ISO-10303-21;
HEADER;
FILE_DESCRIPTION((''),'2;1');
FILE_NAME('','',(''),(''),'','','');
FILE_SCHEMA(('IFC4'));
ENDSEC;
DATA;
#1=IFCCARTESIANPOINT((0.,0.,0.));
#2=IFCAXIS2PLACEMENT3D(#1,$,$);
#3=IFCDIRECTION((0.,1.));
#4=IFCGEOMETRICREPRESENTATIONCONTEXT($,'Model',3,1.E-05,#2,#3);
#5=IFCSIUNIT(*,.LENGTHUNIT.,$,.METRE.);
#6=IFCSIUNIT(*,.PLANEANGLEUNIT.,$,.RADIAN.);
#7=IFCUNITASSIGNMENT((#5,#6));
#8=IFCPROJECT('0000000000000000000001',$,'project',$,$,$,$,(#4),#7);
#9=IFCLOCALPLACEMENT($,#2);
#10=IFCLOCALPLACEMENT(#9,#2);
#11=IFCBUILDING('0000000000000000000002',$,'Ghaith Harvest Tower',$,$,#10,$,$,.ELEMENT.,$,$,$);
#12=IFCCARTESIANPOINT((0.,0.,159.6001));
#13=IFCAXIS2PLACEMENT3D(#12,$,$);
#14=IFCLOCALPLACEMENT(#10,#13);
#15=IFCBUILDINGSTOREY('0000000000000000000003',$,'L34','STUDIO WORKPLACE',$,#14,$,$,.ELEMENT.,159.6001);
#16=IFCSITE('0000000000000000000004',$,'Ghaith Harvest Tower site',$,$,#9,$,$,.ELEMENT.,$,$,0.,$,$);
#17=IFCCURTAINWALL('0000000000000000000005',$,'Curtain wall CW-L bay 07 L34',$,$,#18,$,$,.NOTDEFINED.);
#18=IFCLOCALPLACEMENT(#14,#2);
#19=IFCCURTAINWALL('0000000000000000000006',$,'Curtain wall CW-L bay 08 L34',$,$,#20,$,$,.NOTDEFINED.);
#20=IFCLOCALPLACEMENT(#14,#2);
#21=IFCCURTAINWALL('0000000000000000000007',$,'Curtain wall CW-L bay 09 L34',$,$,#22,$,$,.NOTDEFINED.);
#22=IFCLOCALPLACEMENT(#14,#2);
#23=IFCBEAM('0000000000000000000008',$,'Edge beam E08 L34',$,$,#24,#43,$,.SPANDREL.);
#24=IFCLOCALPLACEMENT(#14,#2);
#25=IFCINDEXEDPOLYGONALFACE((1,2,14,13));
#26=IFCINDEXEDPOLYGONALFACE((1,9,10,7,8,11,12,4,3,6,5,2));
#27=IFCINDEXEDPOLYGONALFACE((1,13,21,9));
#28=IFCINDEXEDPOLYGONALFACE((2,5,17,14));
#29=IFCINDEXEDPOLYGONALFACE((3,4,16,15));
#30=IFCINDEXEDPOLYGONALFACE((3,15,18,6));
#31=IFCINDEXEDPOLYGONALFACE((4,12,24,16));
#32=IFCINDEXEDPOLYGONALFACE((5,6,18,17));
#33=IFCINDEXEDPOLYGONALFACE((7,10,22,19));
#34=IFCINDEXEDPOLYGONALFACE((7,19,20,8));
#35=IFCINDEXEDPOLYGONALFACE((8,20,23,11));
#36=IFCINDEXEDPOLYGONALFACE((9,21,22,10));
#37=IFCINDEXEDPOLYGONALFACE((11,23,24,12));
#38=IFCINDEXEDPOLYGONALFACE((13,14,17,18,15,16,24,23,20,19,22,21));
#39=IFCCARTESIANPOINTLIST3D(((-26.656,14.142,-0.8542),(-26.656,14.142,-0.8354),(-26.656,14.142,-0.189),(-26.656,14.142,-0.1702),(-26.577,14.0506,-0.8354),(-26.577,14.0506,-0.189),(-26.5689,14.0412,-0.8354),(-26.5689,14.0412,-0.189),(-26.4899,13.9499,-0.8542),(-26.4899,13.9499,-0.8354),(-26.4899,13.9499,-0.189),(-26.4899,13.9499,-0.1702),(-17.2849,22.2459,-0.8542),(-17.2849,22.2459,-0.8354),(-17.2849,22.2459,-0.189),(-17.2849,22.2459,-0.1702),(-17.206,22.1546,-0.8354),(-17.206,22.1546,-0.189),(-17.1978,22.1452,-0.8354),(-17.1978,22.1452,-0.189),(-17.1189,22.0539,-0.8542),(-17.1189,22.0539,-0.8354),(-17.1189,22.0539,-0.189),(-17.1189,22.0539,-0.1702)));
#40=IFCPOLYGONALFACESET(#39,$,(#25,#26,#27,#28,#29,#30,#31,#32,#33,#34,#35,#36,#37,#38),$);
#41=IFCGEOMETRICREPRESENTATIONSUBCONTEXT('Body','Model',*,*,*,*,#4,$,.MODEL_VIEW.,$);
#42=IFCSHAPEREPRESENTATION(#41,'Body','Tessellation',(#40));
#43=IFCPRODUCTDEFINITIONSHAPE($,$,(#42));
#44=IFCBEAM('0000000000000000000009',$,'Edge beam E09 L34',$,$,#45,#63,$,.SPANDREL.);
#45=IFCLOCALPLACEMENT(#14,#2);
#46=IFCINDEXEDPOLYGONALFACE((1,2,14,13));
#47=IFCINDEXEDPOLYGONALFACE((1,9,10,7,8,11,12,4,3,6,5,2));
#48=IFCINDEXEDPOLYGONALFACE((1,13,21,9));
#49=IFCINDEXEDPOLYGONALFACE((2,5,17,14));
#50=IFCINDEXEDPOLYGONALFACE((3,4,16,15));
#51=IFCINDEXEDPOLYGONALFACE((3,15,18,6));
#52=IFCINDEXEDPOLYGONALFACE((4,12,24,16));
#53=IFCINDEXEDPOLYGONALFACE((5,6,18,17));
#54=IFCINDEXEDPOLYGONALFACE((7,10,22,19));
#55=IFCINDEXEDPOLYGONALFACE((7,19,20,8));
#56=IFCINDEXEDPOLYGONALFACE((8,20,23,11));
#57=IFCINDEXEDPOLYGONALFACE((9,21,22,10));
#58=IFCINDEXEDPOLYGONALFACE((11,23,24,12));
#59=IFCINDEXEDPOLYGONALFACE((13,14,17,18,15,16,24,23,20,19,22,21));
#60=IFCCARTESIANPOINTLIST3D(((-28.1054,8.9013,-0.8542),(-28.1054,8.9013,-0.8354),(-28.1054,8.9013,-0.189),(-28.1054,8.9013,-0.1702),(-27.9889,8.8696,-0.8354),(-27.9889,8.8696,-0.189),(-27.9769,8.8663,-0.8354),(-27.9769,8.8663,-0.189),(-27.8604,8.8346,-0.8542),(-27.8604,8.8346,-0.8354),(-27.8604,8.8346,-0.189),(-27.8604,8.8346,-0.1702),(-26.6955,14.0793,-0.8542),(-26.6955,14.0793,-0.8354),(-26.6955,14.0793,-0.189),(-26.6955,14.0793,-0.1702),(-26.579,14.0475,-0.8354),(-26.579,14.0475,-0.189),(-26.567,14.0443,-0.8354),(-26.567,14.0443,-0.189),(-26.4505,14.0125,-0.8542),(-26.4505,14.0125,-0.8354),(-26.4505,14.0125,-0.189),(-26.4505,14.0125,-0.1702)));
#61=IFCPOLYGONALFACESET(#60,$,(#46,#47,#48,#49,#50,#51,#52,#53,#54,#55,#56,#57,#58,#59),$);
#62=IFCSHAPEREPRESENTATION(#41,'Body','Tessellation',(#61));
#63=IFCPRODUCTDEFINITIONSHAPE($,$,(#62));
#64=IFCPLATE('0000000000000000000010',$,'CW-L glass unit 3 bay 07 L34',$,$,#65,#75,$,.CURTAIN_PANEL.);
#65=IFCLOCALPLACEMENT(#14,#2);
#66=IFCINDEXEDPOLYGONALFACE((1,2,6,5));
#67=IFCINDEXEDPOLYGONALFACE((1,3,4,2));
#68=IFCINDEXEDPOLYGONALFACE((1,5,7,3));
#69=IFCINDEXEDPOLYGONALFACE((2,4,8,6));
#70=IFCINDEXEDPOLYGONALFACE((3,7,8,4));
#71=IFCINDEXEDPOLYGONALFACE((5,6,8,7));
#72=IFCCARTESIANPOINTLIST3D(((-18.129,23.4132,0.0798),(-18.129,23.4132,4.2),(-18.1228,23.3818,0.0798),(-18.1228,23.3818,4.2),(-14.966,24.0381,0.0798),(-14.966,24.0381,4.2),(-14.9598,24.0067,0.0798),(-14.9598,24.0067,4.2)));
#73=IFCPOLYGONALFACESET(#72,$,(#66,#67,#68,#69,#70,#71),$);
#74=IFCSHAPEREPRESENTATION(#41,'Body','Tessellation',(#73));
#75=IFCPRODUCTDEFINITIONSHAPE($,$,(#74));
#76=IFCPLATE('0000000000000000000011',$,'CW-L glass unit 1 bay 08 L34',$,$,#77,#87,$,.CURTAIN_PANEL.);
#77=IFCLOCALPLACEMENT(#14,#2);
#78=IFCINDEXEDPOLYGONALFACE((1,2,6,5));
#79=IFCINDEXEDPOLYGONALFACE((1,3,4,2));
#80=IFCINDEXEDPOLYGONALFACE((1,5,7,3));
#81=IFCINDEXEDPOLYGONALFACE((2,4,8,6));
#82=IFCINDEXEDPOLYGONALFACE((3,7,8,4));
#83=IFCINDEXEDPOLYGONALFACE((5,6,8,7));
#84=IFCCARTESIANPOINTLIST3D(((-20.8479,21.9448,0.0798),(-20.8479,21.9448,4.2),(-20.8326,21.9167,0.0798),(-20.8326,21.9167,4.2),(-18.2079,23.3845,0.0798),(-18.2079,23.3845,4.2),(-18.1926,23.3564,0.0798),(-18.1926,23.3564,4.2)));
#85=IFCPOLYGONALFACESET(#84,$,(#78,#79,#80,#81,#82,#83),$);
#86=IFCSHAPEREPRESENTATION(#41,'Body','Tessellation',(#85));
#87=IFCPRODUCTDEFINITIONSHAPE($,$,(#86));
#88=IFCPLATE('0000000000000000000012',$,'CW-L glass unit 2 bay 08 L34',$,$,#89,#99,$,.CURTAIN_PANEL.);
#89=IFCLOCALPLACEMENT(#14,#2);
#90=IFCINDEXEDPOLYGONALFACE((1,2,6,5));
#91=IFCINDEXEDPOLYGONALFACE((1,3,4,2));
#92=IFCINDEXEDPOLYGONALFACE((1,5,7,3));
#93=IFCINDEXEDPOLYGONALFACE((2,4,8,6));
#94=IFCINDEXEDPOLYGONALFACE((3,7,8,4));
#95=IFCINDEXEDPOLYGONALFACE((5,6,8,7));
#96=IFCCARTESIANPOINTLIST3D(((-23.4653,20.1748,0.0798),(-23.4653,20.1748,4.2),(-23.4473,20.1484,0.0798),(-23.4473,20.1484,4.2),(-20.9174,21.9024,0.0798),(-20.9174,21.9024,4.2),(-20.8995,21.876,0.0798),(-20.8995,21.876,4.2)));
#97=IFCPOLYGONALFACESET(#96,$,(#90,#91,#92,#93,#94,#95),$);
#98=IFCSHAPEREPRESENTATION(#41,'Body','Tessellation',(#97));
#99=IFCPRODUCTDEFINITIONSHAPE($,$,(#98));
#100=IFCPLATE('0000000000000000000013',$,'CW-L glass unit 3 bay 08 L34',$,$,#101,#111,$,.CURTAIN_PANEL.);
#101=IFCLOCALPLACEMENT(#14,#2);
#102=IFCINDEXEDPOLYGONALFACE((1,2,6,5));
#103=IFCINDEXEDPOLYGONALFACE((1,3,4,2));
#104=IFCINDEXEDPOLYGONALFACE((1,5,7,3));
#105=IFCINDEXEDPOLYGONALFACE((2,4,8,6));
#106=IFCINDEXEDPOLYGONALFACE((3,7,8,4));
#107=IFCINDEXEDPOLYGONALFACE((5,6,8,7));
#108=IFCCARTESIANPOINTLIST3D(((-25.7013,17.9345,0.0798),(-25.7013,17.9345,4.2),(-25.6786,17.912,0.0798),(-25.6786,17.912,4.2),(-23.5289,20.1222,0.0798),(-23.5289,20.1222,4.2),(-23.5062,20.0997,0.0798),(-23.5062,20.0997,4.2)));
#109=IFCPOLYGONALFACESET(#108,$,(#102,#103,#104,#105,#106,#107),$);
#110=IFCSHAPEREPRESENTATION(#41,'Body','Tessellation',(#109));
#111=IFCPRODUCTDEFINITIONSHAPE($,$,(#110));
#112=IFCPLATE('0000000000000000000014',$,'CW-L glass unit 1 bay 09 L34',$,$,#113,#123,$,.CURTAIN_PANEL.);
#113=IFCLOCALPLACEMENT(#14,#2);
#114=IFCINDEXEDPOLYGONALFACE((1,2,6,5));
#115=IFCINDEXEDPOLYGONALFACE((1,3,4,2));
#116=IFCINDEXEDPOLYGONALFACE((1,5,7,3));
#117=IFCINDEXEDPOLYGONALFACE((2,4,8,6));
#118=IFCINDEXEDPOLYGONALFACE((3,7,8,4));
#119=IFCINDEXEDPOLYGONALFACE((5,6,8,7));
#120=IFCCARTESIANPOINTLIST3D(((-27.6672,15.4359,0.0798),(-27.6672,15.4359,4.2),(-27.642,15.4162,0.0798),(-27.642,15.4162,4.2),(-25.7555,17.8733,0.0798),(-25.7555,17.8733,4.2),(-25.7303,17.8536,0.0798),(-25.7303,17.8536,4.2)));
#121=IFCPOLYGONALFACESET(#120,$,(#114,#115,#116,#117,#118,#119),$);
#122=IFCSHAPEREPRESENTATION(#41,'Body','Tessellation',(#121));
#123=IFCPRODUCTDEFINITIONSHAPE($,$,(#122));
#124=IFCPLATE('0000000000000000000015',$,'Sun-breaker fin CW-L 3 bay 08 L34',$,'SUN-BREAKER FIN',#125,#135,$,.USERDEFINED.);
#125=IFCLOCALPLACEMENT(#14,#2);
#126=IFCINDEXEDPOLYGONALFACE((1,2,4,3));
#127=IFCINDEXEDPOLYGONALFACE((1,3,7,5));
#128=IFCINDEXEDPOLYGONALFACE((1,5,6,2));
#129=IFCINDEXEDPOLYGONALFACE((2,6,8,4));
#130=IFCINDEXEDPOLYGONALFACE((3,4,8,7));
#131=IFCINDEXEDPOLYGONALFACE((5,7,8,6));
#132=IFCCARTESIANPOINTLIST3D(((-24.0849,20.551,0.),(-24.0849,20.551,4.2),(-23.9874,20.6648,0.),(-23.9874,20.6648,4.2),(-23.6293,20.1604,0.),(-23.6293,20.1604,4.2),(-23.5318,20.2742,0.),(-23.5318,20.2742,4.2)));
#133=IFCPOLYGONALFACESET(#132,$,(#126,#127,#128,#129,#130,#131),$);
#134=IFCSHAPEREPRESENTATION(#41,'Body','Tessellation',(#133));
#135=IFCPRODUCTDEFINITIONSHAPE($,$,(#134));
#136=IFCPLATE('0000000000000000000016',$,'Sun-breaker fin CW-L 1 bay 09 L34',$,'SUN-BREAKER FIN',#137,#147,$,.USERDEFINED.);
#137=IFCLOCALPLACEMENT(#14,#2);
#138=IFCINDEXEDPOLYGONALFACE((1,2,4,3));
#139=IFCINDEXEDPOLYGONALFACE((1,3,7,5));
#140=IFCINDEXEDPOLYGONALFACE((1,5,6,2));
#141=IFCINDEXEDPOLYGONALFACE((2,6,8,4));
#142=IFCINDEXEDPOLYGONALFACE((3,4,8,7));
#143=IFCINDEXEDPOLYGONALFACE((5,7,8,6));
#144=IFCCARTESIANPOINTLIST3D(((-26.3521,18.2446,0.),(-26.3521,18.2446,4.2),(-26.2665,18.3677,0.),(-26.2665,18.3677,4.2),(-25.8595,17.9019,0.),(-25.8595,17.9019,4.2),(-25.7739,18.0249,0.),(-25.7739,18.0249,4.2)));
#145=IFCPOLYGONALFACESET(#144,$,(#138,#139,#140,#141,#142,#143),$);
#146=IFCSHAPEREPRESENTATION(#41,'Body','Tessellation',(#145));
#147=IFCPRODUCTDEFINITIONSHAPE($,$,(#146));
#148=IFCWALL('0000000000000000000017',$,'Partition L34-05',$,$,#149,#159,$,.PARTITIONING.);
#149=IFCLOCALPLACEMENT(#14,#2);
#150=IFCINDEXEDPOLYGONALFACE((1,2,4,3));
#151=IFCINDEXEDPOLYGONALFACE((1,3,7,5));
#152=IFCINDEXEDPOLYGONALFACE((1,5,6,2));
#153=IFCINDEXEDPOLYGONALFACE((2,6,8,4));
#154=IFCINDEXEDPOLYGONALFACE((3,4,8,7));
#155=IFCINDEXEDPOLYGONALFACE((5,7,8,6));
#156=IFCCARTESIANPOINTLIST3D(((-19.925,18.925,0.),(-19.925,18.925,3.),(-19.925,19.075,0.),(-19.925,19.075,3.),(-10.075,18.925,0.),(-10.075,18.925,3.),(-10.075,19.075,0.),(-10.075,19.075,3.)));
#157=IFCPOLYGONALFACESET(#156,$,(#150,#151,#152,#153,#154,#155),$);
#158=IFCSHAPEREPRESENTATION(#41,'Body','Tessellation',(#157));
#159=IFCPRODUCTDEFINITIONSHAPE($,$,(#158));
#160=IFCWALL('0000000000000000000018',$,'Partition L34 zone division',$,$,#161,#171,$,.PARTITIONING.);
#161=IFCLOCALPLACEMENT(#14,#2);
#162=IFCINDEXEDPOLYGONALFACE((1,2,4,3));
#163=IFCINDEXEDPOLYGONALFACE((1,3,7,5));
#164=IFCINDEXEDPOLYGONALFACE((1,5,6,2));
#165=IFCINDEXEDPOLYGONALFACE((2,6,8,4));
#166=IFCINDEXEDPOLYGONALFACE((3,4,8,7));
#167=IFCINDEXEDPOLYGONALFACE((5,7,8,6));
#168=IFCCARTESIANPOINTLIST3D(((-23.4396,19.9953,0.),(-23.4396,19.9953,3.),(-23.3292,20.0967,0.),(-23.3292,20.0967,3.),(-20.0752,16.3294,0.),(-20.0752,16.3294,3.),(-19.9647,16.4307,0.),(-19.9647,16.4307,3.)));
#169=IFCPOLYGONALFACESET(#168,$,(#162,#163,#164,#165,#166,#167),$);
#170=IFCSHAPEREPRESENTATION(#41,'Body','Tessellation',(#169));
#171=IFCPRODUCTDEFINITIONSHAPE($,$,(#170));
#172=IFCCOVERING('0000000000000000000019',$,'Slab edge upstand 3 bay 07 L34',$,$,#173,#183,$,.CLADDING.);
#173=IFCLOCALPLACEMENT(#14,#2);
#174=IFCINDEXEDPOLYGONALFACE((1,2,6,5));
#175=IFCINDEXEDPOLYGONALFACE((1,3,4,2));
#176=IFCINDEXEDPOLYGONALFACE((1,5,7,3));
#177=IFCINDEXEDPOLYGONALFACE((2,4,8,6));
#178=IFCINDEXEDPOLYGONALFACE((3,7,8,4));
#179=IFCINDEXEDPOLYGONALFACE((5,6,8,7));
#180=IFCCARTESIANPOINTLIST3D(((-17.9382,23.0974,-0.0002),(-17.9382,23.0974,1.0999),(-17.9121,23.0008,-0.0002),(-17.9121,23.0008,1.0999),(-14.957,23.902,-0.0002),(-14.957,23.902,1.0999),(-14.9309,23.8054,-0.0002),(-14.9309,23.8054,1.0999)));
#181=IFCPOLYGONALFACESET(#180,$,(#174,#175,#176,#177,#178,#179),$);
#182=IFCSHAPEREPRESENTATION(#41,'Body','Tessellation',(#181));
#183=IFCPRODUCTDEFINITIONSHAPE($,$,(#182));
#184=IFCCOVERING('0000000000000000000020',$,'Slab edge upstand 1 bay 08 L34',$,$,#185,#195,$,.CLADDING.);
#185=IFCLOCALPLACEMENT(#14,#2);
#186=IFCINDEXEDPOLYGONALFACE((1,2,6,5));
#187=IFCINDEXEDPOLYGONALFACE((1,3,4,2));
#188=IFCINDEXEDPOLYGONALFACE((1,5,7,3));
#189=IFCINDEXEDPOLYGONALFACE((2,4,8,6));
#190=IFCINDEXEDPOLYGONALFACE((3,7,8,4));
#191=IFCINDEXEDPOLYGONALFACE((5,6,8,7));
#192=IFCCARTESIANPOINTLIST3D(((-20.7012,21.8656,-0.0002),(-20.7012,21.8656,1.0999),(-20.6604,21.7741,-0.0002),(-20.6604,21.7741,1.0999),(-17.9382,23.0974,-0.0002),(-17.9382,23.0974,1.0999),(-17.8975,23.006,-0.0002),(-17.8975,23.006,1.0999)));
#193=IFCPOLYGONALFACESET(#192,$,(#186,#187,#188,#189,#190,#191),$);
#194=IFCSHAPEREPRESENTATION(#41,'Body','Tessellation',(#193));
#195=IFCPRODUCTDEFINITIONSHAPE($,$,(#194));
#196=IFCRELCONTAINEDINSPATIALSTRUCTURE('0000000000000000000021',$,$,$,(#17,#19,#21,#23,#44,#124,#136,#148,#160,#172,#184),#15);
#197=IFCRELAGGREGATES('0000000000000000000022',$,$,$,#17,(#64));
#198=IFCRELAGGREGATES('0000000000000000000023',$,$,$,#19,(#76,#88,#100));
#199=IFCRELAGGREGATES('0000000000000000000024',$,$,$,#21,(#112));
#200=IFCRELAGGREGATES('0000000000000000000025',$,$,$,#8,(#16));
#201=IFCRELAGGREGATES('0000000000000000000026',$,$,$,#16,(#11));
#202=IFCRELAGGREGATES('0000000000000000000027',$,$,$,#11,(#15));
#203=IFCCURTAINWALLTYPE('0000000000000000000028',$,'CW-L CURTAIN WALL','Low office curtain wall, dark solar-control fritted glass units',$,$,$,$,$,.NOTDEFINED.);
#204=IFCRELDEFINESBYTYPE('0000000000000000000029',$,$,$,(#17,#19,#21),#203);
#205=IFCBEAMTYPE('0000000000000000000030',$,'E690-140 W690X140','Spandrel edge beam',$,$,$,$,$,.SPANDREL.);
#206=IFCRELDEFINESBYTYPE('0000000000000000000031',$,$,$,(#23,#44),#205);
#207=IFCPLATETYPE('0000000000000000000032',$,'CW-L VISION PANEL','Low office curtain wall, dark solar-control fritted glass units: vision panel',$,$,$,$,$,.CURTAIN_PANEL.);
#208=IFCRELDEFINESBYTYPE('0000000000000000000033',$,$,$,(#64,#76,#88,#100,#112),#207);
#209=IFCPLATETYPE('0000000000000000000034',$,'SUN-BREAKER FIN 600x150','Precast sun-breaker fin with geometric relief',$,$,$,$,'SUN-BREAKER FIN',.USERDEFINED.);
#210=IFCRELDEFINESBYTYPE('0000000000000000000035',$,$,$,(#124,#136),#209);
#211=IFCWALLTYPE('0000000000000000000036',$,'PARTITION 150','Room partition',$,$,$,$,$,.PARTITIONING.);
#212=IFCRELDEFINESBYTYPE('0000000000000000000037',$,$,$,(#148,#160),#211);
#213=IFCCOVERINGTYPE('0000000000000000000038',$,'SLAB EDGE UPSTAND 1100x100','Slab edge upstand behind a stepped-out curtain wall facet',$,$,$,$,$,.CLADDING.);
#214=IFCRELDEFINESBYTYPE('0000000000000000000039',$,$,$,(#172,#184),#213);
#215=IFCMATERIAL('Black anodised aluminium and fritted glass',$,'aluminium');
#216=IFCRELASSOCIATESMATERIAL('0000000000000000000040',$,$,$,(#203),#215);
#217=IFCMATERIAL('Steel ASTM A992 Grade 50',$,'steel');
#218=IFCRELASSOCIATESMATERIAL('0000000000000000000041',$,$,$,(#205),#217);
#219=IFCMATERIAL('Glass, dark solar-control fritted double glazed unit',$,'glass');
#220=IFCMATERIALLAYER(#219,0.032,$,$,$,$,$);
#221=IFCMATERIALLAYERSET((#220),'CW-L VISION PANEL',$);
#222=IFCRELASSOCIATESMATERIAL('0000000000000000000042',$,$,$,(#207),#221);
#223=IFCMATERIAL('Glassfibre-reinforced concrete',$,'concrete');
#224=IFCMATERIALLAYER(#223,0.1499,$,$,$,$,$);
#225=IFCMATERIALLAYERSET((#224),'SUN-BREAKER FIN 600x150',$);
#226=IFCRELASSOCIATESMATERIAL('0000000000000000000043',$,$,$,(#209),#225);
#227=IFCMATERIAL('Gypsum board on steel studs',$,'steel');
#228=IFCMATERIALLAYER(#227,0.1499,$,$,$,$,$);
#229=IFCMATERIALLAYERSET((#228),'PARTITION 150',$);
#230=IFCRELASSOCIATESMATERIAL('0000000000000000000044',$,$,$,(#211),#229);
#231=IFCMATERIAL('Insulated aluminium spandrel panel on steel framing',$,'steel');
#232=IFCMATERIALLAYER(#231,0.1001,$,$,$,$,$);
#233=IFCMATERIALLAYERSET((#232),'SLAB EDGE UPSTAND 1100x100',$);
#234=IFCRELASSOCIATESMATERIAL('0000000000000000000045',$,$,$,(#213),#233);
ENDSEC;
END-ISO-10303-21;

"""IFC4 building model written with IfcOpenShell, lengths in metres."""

from ifc_helpers import new_model, si_unit, direction, frame, frame_2d, origin, origin_2d, place, context, subcontext, project, spatial, rectangle, i_section, extrude, material, layer, layer_set, material_profile, profile_set, type_object, element, aggregate, save


model = new_model("IFC4")

# Units and contexts
model_context = context("Model", 3, precision=1e-05, world=origin(), true_north=direction((0.0, 1.0)))
body_context = subcontext(model_context, "Body", "Model", "MODEL_VIEW")
ifc_project = project(units=[si_unit("LENGTHUNIT", "METRE"), si_unit("PLANEANGLEUNIT", "RADIAN")], contexts=[model_context])

# Site, building, storey
site_placement = place(None, origin())
site = spatial("IfcSite", under=ifc_project, at=site_placement, Name="Ghaith Harvest Tower site", CompositionType="ELEMENT", RefElevation=0.0)
building_placement = place(site_placement, origin())
building = spatial("IfcBuilding", under=site, at=building_placement, Name="Ghaith Harvest Tower", CompositionType="ELEMENT")
storey_placement = place(building_placement, frame((0.0, 0.0, 159.6001)))
storey = spatial("IfcBuildingStorey", under=building, at=storey_placement, Name="L34", Description="STUDIO WORKPLACE", CompositionType="ELEMENT", Elevation=159.6001)

# Curtain wall
ifc_material_1 = material(Name="Black anodised aluminium and fritted glass", Category="aluminium")
curtain_wall_type = type_object("IfcCurtainWallType", Name="CW-L CURTAIN WALL", Description="Low office curtain wall, dark solar-control fritted glass units", PredefinedType="NOTDEFINED", material=ifc_material_1)
curtain_wall_1_placement = place(storey_placement, origin())
curtain_wall_1 = element("IfcCurtainWall", 1, at=curtain_wall_1_placement, inside=storey, type_object=curtain_wall_type, Name="Curtain wall CW-L bay 07 L34", PredefinedType="NOTDEFINED")

# Curtain walls
curtain_wall_2_placement = place(storey_placement, origin())
curtain_wall_2 = element("IfcCurtainWall", 2, at=curtain_wall_2_placement, inside=storey, type_object=curtain_wall_type, Name="Curtain wall CW-L bay 08 L34", PredefinedType="NOTDEFINED")
curtain_wall_3_placement = place(storey_placement, origin())
curtain_wall_3 = element("IfcCurtainWall", 3, at=curtain_wall_3_placement, inside=storey, type_object=curtain_wall_type, Name="Curtain wall CW-L bay 09 L34", PredefinedType="NOTDEFINED")

# Beams
ifc_material_2 = material(Name="Steel ASTM A992 Grade 50", Category="steel")
ifc_material_profile_1 = material_profile(ifc_material_2, i_section(OverallWidth=0.2539, OverallDepth=0.6841, WebThickness=0.0125, FlangeThickness=0.0188, at=origin_2d()), Name="W690X140")
ifc_profile_set_1 = profile_set([ifc_material_profile_1], Name="Steel ASTM A992 Grade 50")
beam_type = type_object("IfcBeamType", Name="E690-140 W690X140", Description="Spandrel edge beam", PredefinedType="SPANDREL", material=ifc_profile_set_1)
beam_1_placement = place(storey_placement, frame((-17.2019, 22.1499, -0.5122), z_axis=(-0.756392, -0.654118, 0.0), x_axis=(0.654118, -0.756392, 0.0)))
element("IfcBeam", 4, at=beam_1_placement, inside=storey, type_object=beam_type, Name="Edge beam E08 L34", PredefinedType="SPANDREL", context=body_context, shape_type="SweptSolid", body=[
    extrude(i_section(OverallWidth=0.2539, OverallDepth=0.6841, WebThickness=0.0125, FlangeThickness=0.0188, at=origin_2d()), origin(), (0.0, 0.0, 1.0), 12.3892),
])
beam_2_placement = place(storey_placement, frame((-26.573, 14.0459, -0.5122), z_axis=(-0.262725, -0.964871, 0.0), x_axis=(0.964871, -0.262725, 0.0)))
element("IfcBeam", 5, at=beam_2_placement, inside=storey, type_object=beam_type, Name="Edge beam E09 L34", PredefinedType="SPANDREL", context=body_context, shape_type="SweptSolid", body=[
    extrude(i_section(OverallWidth=0.2539, OverallDepth=0.6841, WebThickness=0.0125, FlangeThickness=0.0188, at=origin_2d()), origin(), (0.0, 0.0, 1.0), 5.3665),
])

# Plates
ifc_material_3 = material(Name="Glass, dark solar-control fritted double glazed unit", Category="glass")
ifc_layer_1 = layer(ifc_material_3, 0.032)
ifc_layer_set_1 = layer_set([ifc_layer_1], Name="CW-L VISION PANEL")
plate_type_1 = type_object("IfcPlateType", Name="CW-L VISION PANEL", Description="Low office curtain wall, dark solar-control fritted glass units: vision panel", PredefinedType="CURTAIN_PANEL", material=ifc_layer_set_1)
plate_1_placement = place(storey_placement, frame((-16.5444, 23.71, 0.0798), z_axis=(0.0, 0.0, 1.0), x_axis=(-0.981038, -0.193818, 0.0)))
plate_1 = element("IfcPlate", 6, at=plate_1_placement, type_object=plate_type_1, Name="CW-L glass unit 3 bay 07 L34", PredefinedType="CURTAIN_PANEL", context=body_context, shape_type="SweptSolid", body=[
    extrude(rectangle(XDim=3.2241, YDim=0.032, at=origin_2d()), origin(), (0.0, 0.0, 1.0), 4.1201),
])
aggregate(curtain_wall_1, [plate_1])
plate_2_placement = place(storey_placement, frame((-19.5203, 22.6506, 0.0798), z_axis=(0.0, 0.0, 1.0), x_axis=(-0.87794, -0.47877, 0.0)))
plate_2 = element("IfcPlate", 7, at=plate_2_placement, type_object=plate_type_1, Name="CW-L glass unit 1 bay 08 L34", PredefinedType="CURTAIN_PANEL", context=body_context, shape_type="SweptSolid", body=[
    extrude(rectangle(XDim=3.0071, YDim=0.032, at=origin_2d()), origin(), (0.0, 0.0, 1.0), 4.1201),
])
plate_3_placement = place(storey_placement, frame((-22.1824, 21.0254, 0.0798), z_axis=(0.0, 0.0, 1.0), x_axis=(-0.827675, -0.561208, 0.0)))
plate_3 = element("IfcPlate", 8, at=plate_3_placement, type_object=plate_type_1, Name="CW-L glass unit 2 bay 08 L34", PredefinedType="CURTAIN_PANEL", context=body_context, shape_type="SweptSolid", body=[
    extrude(rectangle(XDim=3.0784, YDim=0.032, at=origin_2d()), origin(), (0.0, 0.0, 1.0), 4.1201),
])
plate_4_placement = place(storey_placement, frame((-24.6038, 19.0171, 0.0798), z_axis=(0.0, 0.0, 1.0), x_axis=(-0.704614, -0.709591, 0.0)))
plate_4 = element("IfcPlate", 9, at=plate_4_placement, type_object=plate_type_1, Name="CW-L glass unit 3 bay 08 L34", PredefinedType="CURTAIN_PANEL", context=body_context, shape_type="SweptSolid", body=[
    extrude(rectangle(XDim=3.083, YDim=0.032, at=origin_2d()), origin(), (0.0, 0.0, 1.0), 4.1201),
])
aggregate(curtain_wall_2, [plate_2, plate_3, plate_4])
plate_5_placement = place(storey_placement, frame((-26.6987, 16.6448, 0.0798), z_axis=(0.0, 0.0, 1.0), x_axis=(-0.617141, -0.786853, 0.0)))
plate_5 = element("IfcPlate", 10, at=plate_5_placement, type_object=plate_type_1, Name="CW-L glass unit 1 bay 09 L34", PredefinedType="CURTAIN_PANEL", context=body_context, shape_type="SweptSolid", body=[
    extrude(rectangle(XDim=3.0977, YDim=0.032, at=origin_2d()), origin(), (0.0, 0.0, 1.0), 4.1201),
])
aggregate(curtain_wall_3, [plate_5])

# Plates
ifc_material_4 = material(Name="Glassfibre-reinforced concrete", Category="concrete")
ifc_layer_2 = layer(ifc_material_4, 0.1499)
ifc_layer_set_2 = layer_set([ifc_layer_2], Name="SUN-BREAKER FIN 600x150")
plate_type_2 = type_object("IfcPlateType", Name="SUN-BREAKER FIN 600x150", Description="Precast sun-breaker fin with geometric relief", ElementType="SUN-BREAKER FIN", PredefinedType="USERDEFINED", material=ifc_layer_set_2)
for number, where, z_axis, x_axis, name in (
    (11, (-23.8083, 20.4126, 0.0), (0.0, 0.0, 1.0), (-0.75917, 0.650893, 0.0), "Sun-breaker fin CW-L 3 bay 08 L34"),
    (12, (-26.063, 18.1348, 0.0), (0.0, 0.0, 1.0), (-0.820845, 0.57115, 0.0), "Sun-breaker fin CW-L 1 bay 09 L34"),
):
    element("IfcPlate", number, at=place(storey_placement, frame(where, z_axis=z_axis, x_axis=x_axis)), inside=storey, type_object=plate_type_2, Name=name, ObjectType="SUN-BREAKER FIN", PredefinedType="USERDEFINED", context=body_context, shape_type="SweptSolid", body=[
        extrude(rectangle(XDim=0.6001, YDim=0.1499, at=origin_2d()), origin(), (0.0, 0.0, 1.0), 4.2),
    ])

# Walls
ifc_material_5 = material(Name="Gypsum board on steel studs", Category="steel")
ifc_layer_3 = layer(ifc_material_5, 0.1499)
ifc_layer_set_3 = layer_set([ifc_layer_3], Name="PARTITION 150")
wall_type = type_object("IfcWallType", Name="PARTITION 150", Description="Room partition", PredefinedType="PARTITIONING", material=ifc_layer_set_3)
wall_1_placement = place(storey_placement, frame((-19.925, 19.0, 0.0), z_axis=(0.0, 0.0, 1.0), x_axis=(1.0, 0.0, 0.0)))
element("IfcWall", 13, at=wall_1_placement, inside=storey, type_object=wall_type, Name="Partition L34-05", PredefinedType="PARTITIONING", context=body_context, shape_type="SweptSolid", body=[
    extrude(rectangle(XDim=9.8501, YDim=0.1499, at=frame_2d((4.925, 0.0))), origin(), (0.0, 0.0, 1.0), 3.0),
])
wall_2_placement = place(storey_placement, frame((-20.02, 16.3801, 0.0), z_axis=(0.0, 0.0, 1.0), x_axis=(-0.67616, 0.736755, 0.0)))
element("IfcWall", 14, at=wall_2_placement, inside=storey, type_object=wall_type, Name="Partition L34 zone division", PredefinedType="PARTITIONING", context=body_context, shape_type="SweptSolid", body=[
    extrude(rectangle(XDim=4.9758, YDim=0.1499, at=frame_2d((2.4878, 0.0))), origin(), (0.0, 0.0, 1.0), 3.0),
])

# Coverings
ifc_material_6 = material(Name="Insulated aluminium spandrel panel on steel framing", Category="steel")
ifc_layer_4 = layer(ifc_material_6, 0.1001)
ifc_layer_set_4 = layer_set([ifc_layer_4], Name="SLAB EDGE UPSTAND 1100x100")
covering_type = type_object("IfcCoveringType", Name="SLAB EDGE UPSTAND 1100x100", Description="Slab edge upstand behind a stepped-out curtain wall facet", PredefinedType="CLADDING", material=ifc_layer_set_4)
covering_1_placement = place(storey_placement, frame((-16.4346, 23.4514, -0.0002), z_axis=(0.0, 0.0, 1.0), x_axis=(-0.965455, -0.26057, 0.0)))
element("IfcCovering", 15, at=covering_1_placement, inside=storey, type_object=covering_type, Name="Slab edge upstand 3 bay 07 L34", PredefinedType="CLADDING", context=body_context, shape_type="SweptSolid", body=[
    extrude(rectangle(XDim=3.0879, YDim=0.1001, at=origin_2d()), origin(), (0.0, 0.0, 1.0), 1.1001),
])
covering_2_placement = place(storey_placement, frame((-19.2993, 22.4358, -0.0002), z_axis=(0.0, 0.0, 1.0), x_axis=(-0.913335, -0.40721, 0.0)))
element("IfcCovering", 16, at=covering_2_placement, inside=storey, type_object=covering_type, Name="Slab edge upstand 1 bay 08 L34", PredefinedType="CLADDING", context=body_context, shape_type="SweptSolid", body=[
    extrude(rectangle(XDim=3.0251, YDim=0.1001, at=origin_2d()), origin(), (0.0, 0.0, 1.0), 1.1001),
])

save(model, "model.ifc")
